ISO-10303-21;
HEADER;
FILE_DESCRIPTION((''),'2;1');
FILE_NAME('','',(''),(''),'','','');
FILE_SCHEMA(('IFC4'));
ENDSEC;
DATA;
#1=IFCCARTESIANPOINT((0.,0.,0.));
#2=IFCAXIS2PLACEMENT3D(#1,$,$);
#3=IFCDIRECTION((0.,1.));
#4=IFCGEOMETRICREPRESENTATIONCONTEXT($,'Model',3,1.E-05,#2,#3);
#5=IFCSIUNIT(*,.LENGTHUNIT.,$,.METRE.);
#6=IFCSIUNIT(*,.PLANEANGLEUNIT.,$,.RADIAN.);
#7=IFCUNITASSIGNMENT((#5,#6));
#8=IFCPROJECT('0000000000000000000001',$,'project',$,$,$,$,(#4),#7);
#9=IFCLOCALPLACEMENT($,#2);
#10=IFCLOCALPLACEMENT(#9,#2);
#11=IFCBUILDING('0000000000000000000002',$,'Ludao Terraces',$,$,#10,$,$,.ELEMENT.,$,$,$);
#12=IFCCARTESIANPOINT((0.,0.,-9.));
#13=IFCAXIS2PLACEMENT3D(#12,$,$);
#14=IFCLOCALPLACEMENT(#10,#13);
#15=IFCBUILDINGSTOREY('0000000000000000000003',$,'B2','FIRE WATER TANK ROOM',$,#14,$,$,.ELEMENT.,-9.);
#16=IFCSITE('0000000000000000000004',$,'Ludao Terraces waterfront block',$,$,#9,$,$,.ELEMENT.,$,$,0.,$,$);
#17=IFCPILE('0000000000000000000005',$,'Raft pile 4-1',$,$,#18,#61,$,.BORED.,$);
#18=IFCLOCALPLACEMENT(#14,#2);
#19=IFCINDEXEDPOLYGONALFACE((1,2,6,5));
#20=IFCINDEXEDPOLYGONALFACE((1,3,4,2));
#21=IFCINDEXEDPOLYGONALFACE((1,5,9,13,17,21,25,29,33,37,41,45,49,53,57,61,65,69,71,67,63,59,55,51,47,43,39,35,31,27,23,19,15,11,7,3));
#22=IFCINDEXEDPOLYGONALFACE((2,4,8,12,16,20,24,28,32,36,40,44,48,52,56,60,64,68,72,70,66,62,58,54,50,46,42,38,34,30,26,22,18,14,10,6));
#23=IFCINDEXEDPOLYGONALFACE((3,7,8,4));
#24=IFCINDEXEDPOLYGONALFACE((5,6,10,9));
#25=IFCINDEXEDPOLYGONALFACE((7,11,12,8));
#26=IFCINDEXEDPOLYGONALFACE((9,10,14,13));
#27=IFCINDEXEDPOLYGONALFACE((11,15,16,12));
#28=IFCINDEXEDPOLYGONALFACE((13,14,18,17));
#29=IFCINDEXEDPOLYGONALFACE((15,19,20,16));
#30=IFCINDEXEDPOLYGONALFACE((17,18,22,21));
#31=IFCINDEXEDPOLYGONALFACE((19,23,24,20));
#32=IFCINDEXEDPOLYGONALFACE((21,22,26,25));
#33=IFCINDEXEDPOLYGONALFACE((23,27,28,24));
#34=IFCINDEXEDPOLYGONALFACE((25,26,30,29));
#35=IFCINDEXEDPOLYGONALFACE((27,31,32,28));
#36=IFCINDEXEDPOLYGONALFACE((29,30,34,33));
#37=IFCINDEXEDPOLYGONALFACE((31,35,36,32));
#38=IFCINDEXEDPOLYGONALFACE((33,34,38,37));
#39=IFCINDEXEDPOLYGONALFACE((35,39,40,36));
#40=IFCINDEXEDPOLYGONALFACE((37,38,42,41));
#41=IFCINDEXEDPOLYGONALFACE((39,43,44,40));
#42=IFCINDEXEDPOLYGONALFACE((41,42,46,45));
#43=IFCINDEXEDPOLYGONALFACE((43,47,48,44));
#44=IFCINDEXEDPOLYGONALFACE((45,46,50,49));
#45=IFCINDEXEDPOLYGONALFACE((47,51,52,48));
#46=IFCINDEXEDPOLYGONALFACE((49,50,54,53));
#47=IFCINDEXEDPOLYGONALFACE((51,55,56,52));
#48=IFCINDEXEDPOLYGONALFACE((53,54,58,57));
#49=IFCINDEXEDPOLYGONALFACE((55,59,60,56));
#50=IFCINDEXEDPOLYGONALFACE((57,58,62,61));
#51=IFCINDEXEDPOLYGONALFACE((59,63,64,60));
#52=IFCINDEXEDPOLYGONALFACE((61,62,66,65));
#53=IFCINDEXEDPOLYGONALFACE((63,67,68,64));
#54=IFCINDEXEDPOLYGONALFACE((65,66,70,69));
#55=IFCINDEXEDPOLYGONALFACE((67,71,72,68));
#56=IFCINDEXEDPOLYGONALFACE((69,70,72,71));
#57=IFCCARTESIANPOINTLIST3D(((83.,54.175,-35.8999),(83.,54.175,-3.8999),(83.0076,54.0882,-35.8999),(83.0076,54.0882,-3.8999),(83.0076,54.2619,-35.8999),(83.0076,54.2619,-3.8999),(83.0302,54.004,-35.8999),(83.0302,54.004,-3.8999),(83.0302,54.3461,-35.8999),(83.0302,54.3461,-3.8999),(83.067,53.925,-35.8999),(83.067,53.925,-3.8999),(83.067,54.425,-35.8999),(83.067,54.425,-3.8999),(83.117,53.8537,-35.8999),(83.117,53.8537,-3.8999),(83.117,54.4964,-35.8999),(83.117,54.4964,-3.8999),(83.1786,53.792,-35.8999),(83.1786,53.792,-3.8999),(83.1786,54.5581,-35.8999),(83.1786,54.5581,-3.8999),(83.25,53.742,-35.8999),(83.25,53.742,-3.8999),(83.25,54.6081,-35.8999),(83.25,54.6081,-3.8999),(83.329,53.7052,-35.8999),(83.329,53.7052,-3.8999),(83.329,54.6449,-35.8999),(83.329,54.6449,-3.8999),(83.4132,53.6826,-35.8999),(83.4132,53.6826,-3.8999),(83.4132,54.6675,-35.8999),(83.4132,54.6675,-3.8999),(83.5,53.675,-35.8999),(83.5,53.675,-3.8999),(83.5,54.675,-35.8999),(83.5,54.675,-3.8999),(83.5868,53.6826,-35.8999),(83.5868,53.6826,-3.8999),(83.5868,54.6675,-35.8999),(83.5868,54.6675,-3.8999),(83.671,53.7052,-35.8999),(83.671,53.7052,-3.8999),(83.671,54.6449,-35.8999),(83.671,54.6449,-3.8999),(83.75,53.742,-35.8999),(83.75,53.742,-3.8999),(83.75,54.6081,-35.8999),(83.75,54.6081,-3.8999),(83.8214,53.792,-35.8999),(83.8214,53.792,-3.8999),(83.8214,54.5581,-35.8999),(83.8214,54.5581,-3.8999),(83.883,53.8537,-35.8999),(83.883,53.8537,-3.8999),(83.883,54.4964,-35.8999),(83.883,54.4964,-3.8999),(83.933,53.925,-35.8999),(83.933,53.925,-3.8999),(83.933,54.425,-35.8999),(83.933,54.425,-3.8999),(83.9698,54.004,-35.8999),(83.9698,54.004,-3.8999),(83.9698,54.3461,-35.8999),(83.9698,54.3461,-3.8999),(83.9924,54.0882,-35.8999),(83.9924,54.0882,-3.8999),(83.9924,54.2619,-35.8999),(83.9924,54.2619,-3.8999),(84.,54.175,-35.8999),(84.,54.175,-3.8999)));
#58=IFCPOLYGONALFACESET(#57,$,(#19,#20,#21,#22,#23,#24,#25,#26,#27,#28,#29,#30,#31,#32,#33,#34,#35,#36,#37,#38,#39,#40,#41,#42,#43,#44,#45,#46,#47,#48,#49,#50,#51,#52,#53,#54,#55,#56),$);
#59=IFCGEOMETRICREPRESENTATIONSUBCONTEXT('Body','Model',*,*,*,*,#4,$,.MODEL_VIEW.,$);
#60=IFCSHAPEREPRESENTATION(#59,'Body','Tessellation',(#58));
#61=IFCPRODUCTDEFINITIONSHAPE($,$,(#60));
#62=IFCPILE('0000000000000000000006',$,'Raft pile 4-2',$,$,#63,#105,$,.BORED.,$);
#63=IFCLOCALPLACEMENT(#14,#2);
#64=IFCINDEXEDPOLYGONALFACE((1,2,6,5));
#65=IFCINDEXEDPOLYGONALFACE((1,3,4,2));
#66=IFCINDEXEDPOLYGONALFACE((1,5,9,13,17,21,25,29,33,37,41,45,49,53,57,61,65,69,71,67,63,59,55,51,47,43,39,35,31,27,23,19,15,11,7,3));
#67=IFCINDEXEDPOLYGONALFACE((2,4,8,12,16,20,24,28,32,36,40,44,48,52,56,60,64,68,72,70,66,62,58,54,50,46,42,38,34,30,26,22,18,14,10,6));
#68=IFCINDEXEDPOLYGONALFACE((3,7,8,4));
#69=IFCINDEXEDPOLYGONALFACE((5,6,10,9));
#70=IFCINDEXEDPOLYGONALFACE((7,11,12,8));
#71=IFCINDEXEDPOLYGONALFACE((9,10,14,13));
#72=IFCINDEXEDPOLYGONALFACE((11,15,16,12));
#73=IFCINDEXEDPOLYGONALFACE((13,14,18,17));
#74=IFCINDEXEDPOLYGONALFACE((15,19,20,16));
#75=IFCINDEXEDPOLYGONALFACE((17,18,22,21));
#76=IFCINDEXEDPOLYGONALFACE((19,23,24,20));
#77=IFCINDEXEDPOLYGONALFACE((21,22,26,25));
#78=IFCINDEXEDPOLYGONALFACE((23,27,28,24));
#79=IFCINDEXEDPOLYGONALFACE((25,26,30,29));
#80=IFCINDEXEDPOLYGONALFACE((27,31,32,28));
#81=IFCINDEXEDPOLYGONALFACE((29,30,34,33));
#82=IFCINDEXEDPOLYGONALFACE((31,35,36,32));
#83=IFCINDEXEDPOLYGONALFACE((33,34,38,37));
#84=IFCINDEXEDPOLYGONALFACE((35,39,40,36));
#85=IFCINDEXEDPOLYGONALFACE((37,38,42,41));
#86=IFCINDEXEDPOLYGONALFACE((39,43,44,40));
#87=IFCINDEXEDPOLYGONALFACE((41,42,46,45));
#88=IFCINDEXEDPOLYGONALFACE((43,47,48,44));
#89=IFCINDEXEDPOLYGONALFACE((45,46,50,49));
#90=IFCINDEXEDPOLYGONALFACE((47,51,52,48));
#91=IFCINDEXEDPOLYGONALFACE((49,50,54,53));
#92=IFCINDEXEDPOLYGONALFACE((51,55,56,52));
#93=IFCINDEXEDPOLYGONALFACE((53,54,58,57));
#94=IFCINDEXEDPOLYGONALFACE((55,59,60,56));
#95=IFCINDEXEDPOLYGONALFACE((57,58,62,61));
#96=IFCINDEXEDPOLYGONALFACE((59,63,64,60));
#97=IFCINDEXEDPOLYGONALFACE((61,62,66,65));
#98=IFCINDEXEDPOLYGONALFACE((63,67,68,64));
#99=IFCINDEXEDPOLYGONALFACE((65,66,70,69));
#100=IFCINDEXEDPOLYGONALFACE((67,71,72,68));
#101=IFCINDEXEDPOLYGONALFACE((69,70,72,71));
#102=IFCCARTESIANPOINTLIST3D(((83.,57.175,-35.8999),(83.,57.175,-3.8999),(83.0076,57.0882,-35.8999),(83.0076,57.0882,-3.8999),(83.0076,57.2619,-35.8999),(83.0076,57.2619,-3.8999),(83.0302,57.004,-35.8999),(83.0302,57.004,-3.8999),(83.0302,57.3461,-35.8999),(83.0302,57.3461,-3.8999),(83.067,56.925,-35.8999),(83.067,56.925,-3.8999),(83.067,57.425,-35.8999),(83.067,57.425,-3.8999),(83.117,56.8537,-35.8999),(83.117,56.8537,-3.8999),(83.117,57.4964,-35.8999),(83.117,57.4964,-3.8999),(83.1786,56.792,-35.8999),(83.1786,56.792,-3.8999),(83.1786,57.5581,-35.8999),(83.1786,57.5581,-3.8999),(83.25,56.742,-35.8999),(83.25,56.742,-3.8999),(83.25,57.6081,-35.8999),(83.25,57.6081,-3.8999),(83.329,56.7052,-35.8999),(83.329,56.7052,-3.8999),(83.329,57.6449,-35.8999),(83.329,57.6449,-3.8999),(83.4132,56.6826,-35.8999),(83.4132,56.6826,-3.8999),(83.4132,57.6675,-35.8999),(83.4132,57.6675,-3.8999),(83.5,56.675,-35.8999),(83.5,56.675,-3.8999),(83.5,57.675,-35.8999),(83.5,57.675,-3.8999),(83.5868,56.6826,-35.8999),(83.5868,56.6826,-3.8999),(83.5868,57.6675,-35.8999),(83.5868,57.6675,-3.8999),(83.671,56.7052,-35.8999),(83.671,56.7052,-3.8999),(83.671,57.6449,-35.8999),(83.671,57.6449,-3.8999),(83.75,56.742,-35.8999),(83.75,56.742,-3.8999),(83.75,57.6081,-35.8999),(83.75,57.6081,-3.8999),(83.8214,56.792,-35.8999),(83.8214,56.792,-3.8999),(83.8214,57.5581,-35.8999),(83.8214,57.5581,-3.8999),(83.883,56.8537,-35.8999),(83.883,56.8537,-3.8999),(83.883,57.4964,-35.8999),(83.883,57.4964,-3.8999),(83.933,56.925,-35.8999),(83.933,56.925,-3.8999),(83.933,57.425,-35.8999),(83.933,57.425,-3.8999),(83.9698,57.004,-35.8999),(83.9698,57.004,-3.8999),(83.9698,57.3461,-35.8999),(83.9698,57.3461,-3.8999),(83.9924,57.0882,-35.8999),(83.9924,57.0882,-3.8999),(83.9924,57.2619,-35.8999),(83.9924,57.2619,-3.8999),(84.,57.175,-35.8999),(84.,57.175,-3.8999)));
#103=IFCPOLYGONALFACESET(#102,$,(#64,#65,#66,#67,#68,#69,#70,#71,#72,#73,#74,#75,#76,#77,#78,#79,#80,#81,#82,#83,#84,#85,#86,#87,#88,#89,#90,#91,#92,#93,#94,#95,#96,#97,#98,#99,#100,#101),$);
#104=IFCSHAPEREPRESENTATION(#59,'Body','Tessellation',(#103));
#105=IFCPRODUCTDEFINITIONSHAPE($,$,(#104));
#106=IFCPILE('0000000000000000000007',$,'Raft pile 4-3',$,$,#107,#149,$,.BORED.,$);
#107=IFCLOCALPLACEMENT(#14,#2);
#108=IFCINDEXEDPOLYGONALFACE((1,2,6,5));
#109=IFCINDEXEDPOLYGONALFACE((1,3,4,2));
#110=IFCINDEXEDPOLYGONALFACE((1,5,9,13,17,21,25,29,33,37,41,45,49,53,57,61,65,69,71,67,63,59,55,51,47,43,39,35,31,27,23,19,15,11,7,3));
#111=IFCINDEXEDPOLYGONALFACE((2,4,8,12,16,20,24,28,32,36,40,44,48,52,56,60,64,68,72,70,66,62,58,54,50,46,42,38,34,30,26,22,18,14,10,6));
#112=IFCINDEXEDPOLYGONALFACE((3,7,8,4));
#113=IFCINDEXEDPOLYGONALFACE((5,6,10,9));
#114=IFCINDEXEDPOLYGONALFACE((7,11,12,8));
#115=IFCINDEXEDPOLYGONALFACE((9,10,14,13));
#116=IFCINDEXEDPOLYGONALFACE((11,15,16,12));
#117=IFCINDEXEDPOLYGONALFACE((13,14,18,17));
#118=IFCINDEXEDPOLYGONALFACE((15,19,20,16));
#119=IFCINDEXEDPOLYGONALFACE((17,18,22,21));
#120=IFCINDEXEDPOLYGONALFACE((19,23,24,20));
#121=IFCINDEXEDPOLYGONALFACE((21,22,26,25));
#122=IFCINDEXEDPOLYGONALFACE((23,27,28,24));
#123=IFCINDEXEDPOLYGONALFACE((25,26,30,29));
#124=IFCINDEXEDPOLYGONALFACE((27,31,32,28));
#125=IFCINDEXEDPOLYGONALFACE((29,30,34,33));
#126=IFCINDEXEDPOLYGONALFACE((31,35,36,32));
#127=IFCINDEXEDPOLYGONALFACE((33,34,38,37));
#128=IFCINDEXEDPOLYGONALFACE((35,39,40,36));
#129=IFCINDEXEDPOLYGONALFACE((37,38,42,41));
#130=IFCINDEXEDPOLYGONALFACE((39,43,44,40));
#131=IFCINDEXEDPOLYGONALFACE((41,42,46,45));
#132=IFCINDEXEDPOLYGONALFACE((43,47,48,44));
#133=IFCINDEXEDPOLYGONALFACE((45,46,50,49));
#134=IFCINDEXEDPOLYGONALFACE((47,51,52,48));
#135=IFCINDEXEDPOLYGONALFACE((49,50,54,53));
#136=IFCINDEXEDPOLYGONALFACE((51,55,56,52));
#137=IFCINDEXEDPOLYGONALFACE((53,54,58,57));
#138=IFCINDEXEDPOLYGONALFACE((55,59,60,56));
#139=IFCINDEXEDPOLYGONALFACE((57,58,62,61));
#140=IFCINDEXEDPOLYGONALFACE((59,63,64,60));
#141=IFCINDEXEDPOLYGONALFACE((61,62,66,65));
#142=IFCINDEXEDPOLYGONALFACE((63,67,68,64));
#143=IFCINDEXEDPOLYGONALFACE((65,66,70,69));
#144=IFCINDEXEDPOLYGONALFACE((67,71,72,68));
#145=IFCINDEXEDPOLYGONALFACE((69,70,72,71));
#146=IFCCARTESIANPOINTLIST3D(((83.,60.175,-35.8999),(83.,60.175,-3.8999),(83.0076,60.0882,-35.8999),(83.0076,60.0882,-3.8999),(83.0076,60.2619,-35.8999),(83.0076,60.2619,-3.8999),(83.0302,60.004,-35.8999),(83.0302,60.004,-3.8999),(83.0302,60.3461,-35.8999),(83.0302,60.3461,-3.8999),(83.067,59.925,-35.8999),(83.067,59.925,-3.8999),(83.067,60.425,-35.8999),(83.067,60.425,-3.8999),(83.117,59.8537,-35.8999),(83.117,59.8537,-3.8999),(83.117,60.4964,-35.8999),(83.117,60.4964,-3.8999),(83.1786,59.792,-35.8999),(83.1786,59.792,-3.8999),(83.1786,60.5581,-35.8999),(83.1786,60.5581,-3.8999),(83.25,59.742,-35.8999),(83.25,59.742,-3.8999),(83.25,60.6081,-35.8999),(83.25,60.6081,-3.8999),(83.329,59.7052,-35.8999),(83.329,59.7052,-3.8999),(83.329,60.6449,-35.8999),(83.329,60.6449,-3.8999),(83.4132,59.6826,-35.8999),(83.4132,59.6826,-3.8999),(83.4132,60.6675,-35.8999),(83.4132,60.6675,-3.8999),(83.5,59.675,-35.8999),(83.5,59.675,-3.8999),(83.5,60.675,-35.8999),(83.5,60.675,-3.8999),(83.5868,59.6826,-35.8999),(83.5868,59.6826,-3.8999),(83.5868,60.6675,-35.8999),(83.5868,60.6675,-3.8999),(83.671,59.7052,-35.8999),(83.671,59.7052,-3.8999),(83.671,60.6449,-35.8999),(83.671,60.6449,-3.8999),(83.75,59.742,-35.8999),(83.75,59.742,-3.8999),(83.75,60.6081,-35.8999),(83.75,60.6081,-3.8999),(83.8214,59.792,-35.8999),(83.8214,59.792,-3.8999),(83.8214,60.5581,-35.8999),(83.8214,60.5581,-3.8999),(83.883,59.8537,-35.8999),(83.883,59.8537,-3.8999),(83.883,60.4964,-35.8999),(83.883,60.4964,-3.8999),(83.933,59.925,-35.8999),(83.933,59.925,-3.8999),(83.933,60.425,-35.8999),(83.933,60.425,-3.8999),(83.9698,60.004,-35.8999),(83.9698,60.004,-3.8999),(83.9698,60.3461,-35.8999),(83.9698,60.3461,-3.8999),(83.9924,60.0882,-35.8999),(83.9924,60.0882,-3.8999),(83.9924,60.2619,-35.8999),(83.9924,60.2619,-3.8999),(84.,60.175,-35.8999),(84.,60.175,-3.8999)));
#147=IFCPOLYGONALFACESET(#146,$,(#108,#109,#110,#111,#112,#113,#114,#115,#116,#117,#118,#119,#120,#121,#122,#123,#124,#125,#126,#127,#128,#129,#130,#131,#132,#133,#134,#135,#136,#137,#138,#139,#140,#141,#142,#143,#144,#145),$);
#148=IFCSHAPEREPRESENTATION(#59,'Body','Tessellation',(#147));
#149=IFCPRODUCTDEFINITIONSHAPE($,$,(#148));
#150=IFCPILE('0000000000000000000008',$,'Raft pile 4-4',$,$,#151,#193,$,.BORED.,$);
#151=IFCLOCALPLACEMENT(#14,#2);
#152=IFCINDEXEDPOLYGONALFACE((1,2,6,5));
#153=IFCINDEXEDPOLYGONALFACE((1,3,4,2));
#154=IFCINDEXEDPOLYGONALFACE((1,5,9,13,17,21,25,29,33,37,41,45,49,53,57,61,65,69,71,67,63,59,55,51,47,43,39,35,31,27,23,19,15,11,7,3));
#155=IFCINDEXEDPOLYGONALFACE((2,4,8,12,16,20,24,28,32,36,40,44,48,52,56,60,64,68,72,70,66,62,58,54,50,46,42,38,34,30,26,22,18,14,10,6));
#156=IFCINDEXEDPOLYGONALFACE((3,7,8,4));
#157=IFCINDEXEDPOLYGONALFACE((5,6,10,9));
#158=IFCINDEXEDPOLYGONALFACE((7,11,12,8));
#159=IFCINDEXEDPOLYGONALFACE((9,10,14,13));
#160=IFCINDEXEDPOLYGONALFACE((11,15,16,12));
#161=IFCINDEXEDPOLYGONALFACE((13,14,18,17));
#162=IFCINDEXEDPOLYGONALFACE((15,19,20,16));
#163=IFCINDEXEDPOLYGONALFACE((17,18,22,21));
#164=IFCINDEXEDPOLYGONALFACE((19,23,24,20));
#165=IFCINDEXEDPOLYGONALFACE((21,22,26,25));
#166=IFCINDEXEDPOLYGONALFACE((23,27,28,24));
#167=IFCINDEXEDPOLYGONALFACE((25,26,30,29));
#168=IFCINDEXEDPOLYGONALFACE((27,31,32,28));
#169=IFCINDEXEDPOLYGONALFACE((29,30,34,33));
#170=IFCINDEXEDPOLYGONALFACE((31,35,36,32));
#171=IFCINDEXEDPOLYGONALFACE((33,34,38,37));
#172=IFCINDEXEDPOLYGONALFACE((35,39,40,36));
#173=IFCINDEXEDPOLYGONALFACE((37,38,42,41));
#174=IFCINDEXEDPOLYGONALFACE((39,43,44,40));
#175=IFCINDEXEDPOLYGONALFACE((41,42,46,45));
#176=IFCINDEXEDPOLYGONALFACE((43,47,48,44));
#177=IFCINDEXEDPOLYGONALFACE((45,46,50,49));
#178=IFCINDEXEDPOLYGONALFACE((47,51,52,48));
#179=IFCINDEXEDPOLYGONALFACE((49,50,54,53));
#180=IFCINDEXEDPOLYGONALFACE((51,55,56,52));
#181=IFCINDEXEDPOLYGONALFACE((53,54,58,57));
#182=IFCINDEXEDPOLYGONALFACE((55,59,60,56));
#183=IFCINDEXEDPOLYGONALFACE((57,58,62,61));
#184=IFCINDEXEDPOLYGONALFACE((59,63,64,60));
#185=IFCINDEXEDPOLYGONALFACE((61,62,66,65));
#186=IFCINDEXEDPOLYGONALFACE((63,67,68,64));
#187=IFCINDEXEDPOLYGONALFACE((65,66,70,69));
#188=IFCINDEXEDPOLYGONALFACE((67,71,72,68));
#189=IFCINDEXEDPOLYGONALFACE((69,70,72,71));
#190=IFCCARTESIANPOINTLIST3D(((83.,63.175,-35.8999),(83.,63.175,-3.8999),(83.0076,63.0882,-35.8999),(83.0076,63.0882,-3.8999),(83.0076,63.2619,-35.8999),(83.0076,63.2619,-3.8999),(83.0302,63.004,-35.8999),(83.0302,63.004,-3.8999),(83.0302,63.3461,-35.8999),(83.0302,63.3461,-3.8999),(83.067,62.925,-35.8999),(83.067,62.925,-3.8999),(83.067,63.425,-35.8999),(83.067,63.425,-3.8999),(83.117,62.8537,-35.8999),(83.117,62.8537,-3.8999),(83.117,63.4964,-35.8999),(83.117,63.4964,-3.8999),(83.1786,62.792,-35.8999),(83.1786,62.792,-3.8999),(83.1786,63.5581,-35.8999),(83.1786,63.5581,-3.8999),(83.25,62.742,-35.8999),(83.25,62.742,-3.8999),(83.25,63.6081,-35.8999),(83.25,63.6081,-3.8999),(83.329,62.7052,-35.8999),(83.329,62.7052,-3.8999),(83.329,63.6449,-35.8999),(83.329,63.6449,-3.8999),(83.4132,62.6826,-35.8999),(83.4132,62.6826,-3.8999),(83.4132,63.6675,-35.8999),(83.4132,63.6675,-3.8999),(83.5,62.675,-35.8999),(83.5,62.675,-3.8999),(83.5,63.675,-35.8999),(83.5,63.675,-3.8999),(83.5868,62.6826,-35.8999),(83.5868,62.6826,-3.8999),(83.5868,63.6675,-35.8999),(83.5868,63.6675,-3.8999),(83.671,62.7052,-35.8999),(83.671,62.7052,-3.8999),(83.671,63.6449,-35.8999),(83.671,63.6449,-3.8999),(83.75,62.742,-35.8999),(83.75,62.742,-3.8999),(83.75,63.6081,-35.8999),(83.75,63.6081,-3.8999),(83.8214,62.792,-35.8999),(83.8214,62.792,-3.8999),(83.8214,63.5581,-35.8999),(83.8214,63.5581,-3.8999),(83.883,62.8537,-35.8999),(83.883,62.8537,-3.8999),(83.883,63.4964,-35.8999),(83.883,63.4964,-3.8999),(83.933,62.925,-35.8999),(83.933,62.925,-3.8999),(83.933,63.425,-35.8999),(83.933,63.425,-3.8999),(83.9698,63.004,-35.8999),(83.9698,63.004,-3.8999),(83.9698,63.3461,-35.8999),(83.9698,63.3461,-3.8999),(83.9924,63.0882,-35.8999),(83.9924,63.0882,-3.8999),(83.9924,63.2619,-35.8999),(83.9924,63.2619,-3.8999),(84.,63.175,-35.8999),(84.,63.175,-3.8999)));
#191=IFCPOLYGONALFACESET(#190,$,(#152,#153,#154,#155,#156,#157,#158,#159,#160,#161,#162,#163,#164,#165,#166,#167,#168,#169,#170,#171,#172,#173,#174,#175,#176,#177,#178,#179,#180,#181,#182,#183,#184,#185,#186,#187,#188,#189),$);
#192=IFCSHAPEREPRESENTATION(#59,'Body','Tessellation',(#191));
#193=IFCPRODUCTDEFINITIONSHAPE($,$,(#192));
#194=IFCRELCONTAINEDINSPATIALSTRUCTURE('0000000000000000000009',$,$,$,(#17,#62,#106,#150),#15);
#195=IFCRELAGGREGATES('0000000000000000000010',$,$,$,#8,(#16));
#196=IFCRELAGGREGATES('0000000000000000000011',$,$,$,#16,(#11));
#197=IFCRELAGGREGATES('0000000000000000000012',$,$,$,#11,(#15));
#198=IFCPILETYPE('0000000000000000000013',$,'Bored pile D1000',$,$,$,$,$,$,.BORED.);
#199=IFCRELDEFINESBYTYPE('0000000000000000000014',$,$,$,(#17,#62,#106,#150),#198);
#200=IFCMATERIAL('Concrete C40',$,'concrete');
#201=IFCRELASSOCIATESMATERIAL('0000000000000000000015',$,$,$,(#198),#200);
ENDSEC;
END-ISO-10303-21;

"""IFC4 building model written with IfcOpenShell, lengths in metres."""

from ifc_helpers import new_model, si_unit, direction, frame, origin, origin_2d, place, context, subcontext, project, spatial, circle, extrude, material, material_profile, profile_set, type_object, element, save


model = new_model("IFC4")

# Units and contexts
model_context = context("Model", 3, precision=1e-05, world=origin(), true_north=direction((0.0, 1.0)))
body_context = subcontext(model_context, "Body", "Model", "MODEL_VIEW")
ifc_project = project(units=[si_unit("LENGTHUNIT", "METRE"), si_unit("PLANEANGLEUNIT", "RADIAN")], contexts=[model_context])

# Site, building, storey
site_placement = place(None, origin())
site = spatial("IfcSite", under=ifc_project, at=site_placement, Name="Ludao Terraces waterfront block", CompositionType="ELEMENT", RefElevation=0.0)
building_placement = place(site_placement, origin())
building = spatial("IfcBuilding", under=site, at=building_placement, Name="Ludao Terraces", CompositionType="ELEMENT")
storey_placement = place(building_placement, frame((0.0, 0.0, -9.0)))
storey = spatial("IfcBuildingStorey", under=building, at=storey_placement, Name="B2", Description="FIRE WATER TANK ROOM", CompositionType="ELEMENT", Elevation=-9.0)

# Piles
ifc_material_1 = material(Name="Concrete C40", Category="concrete")
ifc_material_profile = material_profile(ifc_material_1, circle(Radius=0.5, at=origin_2d()), Name="D1000 BORED PILE")
ifc_profile_set = profile_set([ifc_material_profile], Name="Concrete C40")
pile_type = type_object("IfcPileType", Name="Bored pile D1000", PredefinedType="BORED", material=ifc_profile_set)
for number, where, z_axis, x_axis, name in (
    (1, (83.5, 54.175, -3.8999), (0.0, 0.0, -1.0), (1.0, 0.0, 0.0), "Raft pile 4-1"),
    (2, (83.5, 57.175, -3.8999), (0.0, 0.0, -1.0), (1.0, 0.0, 0.0), "Raft pile 4-2"),
    (3, (83.5, 60.175, -3.8999), (0.0, 0.0, -1.0), (1.0, 0.0, 0.0), "Raft pile 4-3"),
    (4, (83.5, 63.175, -3.8999), (0.0, 0.0, -1.0), (1.0, 0.0, 0.0), "Raft pile 4-4"),
):
    element("IfcPile", number, at=place(storey_placement, frame(where, z_axis=z_axis, x_axis=x_axis)), inside=storey, type_object=pile_type, Name=name, PredefinedType="BORED", context=body_context, shape_type="SweptSolid", body=[
        extrude(circle(Radius=0.5, at=origin_2d()), origin(), (0.0, 0.0, 1.0), 32.0),
    ])

save(model, "model.ifc")
